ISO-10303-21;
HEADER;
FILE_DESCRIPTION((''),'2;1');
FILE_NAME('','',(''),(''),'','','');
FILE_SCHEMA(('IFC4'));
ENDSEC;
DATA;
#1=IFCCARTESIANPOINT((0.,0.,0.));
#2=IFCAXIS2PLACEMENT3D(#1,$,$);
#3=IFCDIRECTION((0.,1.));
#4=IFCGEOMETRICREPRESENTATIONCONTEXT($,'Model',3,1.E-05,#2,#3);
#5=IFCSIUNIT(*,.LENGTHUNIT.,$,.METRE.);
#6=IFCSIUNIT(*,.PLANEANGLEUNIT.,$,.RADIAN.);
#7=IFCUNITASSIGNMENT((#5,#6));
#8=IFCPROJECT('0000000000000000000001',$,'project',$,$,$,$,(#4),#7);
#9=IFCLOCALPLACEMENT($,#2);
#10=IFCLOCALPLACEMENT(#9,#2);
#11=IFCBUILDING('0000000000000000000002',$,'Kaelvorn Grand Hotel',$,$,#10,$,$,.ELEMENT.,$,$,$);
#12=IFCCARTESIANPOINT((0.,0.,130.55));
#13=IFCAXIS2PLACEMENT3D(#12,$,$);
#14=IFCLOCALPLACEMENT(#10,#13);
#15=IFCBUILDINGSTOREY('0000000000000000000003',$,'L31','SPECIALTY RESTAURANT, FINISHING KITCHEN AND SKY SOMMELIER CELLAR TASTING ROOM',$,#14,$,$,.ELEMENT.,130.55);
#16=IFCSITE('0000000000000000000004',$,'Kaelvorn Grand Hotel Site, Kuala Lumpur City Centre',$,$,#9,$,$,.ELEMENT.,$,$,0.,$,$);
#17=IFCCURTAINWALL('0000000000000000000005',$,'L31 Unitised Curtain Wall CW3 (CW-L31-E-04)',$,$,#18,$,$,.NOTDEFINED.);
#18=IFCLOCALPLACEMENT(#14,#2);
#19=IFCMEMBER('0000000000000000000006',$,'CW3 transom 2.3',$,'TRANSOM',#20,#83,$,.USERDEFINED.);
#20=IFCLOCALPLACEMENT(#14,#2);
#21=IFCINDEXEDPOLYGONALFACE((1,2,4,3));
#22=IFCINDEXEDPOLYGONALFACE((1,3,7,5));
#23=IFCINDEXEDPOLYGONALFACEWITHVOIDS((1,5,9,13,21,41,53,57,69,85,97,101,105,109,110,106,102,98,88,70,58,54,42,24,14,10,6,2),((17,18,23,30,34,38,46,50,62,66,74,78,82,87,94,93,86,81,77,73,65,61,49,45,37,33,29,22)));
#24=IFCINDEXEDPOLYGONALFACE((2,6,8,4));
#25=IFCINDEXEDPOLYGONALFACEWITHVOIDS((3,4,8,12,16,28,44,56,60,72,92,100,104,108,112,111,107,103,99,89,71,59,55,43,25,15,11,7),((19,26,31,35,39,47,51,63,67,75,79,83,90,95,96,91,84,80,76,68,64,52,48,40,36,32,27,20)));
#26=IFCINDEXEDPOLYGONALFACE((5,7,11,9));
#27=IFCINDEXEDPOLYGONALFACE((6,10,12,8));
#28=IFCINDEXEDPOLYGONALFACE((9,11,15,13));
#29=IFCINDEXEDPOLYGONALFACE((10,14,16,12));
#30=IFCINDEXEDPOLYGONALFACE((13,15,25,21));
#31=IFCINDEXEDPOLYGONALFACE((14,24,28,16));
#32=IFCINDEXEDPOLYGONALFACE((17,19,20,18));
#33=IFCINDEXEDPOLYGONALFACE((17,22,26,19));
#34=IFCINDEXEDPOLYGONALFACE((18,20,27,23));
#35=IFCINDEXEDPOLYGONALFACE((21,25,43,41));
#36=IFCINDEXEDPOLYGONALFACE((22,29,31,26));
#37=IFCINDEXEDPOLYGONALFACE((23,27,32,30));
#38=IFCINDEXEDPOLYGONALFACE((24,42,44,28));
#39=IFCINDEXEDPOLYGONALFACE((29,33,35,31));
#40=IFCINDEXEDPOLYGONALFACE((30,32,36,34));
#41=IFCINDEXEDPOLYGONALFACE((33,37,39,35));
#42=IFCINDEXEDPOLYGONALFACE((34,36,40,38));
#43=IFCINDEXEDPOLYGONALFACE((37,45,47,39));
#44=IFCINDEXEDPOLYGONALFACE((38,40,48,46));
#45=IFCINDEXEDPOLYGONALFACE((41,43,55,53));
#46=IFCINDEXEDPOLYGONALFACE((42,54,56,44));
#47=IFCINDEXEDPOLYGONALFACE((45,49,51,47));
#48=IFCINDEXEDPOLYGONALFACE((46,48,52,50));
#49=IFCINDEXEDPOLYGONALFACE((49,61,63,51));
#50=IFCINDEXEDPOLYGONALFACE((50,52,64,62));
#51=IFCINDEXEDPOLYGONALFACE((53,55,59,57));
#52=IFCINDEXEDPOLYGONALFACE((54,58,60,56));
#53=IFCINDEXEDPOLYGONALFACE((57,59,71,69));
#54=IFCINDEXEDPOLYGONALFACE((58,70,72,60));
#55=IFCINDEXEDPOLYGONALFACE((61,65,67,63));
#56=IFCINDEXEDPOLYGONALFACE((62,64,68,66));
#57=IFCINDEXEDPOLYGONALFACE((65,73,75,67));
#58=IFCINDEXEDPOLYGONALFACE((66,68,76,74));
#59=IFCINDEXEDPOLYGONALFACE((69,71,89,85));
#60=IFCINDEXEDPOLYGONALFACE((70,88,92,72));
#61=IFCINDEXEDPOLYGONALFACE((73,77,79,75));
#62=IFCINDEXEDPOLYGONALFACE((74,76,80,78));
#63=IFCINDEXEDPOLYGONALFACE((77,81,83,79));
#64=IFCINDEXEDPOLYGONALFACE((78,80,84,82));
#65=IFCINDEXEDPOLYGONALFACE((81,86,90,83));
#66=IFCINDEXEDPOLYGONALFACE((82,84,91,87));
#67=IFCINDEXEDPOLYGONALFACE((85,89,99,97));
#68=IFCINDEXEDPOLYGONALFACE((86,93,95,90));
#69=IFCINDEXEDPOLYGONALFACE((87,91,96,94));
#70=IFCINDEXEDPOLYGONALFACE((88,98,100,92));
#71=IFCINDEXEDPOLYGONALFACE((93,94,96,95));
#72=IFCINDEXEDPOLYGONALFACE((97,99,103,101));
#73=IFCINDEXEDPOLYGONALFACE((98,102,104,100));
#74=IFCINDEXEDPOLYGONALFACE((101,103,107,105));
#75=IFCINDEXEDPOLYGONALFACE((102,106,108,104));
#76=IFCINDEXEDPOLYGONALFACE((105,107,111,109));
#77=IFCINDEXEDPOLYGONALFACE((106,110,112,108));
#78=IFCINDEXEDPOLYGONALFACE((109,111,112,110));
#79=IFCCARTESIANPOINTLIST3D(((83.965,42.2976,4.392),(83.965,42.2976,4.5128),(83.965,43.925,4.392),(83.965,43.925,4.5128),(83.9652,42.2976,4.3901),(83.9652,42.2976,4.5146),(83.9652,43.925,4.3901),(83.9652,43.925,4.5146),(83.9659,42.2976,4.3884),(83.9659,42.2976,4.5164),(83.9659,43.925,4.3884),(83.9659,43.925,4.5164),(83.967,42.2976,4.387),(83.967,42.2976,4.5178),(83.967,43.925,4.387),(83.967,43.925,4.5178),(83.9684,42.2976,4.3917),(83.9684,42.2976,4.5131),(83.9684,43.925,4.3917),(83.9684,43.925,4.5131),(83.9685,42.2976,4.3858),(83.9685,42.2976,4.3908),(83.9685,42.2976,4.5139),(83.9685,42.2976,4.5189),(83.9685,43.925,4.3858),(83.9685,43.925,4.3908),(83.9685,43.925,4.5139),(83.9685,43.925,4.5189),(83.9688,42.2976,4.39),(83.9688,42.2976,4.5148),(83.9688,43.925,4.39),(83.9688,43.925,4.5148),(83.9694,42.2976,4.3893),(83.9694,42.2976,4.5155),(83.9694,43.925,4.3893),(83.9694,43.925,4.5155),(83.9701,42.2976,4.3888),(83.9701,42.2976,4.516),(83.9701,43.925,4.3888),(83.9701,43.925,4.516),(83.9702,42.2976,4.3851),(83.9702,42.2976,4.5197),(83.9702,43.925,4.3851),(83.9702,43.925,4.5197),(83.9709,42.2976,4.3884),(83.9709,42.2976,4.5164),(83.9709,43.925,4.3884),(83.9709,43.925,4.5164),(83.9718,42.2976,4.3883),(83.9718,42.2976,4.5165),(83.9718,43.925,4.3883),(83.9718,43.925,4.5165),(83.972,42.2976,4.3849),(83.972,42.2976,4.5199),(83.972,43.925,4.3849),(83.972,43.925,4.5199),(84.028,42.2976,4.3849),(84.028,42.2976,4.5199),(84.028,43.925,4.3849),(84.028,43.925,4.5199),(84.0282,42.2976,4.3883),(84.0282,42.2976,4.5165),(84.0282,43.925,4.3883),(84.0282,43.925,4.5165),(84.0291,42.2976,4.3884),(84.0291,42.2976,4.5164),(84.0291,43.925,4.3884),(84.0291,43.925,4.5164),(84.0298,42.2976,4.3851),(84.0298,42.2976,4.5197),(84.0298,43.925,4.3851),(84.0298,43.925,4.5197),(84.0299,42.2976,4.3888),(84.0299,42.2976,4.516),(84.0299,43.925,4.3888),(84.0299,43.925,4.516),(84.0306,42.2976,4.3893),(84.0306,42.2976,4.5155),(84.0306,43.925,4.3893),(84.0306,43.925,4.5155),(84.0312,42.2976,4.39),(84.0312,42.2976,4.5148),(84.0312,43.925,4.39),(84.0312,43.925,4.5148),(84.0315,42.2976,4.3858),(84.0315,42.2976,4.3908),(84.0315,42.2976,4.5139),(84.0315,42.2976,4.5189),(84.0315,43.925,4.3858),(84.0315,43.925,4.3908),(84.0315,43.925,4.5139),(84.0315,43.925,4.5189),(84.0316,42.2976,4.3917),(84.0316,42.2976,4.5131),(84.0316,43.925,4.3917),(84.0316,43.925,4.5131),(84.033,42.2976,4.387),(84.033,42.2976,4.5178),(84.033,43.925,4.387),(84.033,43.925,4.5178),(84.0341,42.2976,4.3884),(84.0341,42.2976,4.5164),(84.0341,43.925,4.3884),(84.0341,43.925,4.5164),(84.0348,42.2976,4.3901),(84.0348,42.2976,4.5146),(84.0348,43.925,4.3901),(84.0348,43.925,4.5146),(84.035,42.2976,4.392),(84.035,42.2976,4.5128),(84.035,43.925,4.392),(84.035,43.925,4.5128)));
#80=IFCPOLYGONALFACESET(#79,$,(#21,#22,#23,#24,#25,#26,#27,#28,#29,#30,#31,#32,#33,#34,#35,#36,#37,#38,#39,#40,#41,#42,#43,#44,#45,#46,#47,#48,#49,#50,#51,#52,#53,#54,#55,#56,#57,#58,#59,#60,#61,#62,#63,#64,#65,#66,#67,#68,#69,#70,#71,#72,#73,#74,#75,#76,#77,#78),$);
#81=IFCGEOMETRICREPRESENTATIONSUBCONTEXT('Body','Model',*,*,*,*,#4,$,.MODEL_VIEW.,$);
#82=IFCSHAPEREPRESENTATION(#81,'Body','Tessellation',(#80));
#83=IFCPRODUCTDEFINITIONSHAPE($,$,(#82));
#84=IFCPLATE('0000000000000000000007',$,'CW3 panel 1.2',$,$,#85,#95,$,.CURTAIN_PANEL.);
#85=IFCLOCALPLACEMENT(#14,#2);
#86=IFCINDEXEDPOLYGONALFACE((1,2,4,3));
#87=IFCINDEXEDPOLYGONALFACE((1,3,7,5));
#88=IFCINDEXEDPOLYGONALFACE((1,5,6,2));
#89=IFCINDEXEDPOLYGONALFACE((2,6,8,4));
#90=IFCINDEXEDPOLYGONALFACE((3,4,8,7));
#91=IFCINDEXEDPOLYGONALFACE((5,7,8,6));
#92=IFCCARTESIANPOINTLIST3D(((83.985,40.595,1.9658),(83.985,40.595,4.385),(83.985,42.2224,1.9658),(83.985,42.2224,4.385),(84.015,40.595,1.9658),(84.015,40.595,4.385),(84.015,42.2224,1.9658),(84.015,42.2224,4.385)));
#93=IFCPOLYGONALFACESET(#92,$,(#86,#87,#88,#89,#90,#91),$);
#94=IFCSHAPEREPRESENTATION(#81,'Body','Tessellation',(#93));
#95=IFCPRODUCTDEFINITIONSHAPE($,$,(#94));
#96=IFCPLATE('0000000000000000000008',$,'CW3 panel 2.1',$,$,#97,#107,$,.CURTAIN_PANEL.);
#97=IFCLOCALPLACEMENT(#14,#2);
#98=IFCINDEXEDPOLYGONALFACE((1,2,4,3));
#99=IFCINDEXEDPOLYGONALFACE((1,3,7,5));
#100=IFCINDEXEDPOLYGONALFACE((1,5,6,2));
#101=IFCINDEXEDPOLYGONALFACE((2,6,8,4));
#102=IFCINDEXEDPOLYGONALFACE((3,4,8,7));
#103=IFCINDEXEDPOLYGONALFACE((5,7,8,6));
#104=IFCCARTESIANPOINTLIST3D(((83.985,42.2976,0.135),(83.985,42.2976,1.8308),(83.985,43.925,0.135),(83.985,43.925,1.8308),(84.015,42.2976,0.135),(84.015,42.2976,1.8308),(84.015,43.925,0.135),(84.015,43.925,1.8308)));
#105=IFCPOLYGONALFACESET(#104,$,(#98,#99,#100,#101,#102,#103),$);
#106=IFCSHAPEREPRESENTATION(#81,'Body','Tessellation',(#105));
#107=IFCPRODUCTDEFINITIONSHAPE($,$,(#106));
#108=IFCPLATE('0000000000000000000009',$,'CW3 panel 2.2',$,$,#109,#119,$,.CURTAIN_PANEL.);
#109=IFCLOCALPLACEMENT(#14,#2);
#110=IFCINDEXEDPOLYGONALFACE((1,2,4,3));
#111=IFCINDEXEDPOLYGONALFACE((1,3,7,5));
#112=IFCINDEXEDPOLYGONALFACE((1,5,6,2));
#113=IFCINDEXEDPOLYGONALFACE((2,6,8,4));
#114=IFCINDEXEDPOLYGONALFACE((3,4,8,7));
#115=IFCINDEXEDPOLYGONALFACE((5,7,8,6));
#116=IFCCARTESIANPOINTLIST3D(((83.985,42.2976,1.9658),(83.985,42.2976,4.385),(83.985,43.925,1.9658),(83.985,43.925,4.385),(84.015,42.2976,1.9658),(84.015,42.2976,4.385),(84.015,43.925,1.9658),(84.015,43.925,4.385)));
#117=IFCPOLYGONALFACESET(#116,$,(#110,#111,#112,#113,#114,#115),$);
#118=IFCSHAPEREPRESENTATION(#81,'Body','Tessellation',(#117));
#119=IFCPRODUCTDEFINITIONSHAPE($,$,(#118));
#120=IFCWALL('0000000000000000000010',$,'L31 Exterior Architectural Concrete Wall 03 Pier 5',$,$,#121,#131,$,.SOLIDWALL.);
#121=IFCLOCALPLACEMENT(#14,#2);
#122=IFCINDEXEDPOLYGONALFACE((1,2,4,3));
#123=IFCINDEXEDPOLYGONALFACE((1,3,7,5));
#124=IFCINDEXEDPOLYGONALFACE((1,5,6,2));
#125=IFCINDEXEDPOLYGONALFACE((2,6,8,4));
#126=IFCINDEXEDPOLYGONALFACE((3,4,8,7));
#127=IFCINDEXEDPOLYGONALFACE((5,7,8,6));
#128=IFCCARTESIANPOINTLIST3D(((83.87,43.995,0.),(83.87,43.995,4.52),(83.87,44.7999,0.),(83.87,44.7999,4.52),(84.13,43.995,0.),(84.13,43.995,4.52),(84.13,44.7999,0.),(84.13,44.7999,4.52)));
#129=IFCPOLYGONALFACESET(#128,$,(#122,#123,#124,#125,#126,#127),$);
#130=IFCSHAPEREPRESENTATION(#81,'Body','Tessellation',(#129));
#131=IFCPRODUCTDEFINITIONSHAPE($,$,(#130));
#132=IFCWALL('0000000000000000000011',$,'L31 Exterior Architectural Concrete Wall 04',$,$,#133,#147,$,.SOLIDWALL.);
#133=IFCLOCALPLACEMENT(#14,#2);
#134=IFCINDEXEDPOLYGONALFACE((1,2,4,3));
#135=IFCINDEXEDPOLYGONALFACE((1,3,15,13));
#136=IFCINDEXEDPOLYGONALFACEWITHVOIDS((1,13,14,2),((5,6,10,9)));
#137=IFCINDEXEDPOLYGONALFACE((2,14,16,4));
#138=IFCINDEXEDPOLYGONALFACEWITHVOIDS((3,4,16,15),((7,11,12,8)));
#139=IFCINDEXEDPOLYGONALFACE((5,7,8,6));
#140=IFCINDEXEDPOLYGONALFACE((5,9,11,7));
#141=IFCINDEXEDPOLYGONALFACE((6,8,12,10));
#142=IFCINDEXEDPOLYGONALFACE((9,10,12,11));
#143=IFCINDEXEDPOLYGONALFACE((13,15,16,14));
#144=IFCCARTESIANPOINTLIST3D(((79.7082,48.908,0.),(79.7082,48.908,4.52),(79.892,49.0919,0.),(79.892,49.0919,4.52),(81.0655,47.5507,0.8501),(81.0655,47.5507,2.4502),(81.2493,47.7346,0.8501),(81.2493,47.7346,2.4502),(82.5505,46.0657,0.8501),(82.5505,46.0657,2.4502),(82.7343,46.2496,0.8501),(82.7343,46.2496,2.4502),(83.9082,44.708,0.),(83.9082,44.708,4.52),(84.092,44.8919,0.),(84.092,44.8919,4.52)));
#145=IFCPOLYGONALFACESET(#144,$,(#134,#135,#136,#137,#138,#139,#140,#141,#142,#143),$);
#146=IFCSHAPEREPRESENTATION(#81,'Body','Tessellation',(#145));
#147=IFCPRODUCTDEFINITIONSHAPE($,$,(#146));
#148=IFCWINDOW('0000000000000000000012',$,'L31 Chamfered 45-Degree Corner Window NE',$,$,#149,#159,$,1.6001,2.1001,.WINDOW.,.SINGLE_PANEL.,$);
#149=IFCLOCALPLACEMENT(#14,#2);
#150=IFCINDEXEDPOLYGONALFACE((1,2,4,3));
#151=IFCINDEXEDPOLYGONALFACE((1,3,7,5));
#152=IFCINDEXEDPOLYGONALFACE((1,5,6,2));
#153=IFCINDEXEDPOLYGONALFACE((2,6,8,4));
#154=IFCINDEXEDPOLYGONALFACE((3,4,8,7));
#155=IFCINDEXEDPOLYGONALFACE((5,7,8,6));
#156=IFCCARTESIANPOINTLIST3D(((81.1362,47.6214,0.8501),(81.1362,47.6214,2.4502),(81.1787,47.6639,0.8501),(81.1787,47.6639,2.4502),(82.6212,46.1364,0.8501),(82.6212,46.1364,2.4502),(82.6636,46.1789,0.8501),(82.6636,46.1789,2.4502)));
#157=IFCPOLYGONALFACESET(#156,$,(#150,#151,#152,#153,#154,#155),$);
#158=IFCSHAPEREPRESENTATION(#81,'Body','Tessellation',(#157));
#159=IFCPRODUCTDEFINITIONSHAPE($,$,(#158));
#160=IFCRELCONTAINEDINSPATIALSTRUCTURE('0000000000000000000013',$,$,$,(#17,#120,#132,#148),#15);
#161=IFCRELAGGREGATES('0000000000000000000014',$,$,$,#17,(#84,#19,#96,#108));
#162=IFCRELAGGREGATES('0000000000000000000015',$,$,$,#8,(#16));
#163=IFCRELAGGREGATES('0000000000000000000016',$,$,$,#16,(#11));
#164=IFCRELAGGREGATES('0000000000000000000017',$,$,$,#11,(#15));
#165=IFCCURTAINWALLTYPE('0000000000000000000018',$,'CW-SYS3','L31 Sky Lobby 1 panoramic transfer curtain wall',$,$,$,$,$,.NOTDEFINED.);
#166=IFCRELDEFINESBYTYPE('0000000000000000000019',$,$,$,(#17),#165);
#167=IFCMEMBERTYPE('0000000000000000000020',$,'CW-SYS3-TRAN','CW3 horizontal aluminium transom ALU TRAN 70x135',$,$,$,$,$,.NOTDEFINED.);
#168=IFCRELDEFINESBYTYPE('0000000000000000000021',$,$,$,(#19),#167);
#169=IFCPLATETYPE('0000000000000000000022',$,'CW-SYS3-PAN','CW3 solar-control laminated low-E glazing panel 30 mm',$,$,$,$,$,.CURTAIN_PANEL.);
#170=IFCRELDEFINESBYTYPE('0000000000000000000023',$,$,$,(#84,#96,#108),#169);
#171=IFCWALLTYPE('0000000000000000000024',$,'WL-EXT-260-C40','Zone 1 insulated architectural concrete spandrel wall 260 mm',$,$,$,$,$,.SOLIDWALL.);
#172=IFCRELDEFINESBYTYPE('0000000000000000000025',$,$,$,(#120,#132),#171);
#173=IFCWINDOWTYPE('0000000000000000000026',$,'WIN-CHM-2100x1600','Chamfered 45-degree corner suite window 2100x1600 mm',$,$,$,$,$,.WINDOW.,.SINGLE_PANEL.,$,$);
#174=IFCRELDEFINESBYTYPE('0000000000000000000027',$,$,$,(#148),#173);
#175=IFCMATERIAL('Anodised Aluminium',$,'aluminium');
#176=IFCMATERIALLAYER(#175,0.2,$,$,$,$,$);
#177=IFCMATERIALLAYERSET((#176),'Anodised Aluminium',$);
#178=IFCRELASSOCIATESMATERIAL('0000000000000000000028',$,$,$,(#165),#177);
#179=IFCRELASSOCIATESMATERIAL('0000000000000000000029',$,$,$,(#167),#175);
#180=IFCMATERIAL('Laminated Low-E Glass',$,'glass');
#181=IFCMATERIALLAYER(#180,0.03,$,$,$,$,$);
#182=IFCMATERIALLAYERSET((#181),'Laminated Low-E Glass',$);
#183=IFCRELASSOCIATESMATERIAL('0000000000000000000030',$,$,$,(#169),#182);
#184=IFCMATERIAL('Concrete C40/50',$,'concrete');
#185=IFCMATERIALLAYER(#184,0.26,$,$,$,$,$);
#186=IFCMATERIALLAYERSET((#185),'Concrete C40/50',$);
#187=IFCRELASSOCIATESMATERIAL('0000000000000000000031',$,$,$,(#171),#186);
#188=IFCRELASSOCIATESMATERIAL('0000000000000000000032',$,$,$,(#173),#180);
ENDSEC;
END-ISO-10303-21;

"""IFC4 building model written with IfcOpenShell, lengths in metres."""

from ifc_helpers import new_model, si_unit, direction, frame, frame_2d, origin, origin_2d, place, context, subcontext, project, spatial, rectangle, hollow_rectangle, extrude, material, layer, layer_set, material_profile, profile_set, type_object, element, fill, aggregate, save


model = new_model("IFC4")

# Units and contexts
model_context = context("Model", 3, precision=1e-05, world=origin(), true_north=direction((0.0, 1.0)))
body_context = subcontext(model_context, "Body", "Model", "MODEL_VIEW")
ifc_project = project(units=[si_unit("LENGTHUNIT", "METRE"), si_unit("PLANEANGLEUNIT", "RADIAN")], contexts=[model_context])

# Site, building, storey
site_placement = place(None, origin())
site = spatial("IfcSite", under=ifc_project, at=site_placement, Name="Kaelvorn Grand Hotel Site, Kuala Lumpur City Centre", CompositionType="ELEMENT", RefElevation=0.0)
building_placement = place(site_placement, origin())
building = spatial("IfcBuilding", under=site, at=building_placement, Name="Kaelvorn Grand Hotel", CompositionType="ELEMENT")
storey_placement = place(building_placement, frame((0.0, 0.0, 130.55)))
storey = spatial("IfcBuildingStorey", under=building, at=storey_placement, Name="L31", Description="SPECIALTY RESTAURANT, FINISHING KITCHEN AND SKY SOMMELIER CELLAR TASTING ROOM", CompositionType="ELEMENT", Elevation=130.55)

# Curtain wall, member, plates
ifc_material_1 = material(Name="Anodised Aluminium", Category="aluminium")
ifc_layer_1 = layer(ifc_material_1, 0.2)
ifc_layer_set_1 = layer_set([ifc_layer_1], Name="Anodised Aluminium")
curtain_wall_type = type_object("IfcCurtainWallType", Name="CW-SYS3", Description="L31 Sky Lobby 1 panoramic transfer curtain wall", PredefinedType="NOTDEFINED", material=ifc_layer_set_1)
curtain_wall_placement = place(storey_placement, origin())
curtain_wall = element("IfcCurtainWall", 1, at=curtain_wall_placement, inside=storey, type_object=curtain_wall_type, Name="L31 Unitised Curtain Wall CW3 (CW-L31-E-04)", PredefinedType="NOTDEFINED")
ifc_material_profile_1 = material_profile(ifc_material_1, hollow_rectangle(XDim=0.0701, YDim=0.135, WallThickness=0.0034, InnerFilletRadius=0.0034, OuterFilletRadius=0.0071, at=origin_2d()), Name="ALU TRAN 70x135")
ifc_profile_set_1 = profile_set([ifc_material_profile_1], Name="Anodised Aluminium")
member_type_1 = type_object("IfcMemberType", Name="CW-SYS3-TRAN", Description="CW3 horizontal aluminium transom ALU TRAN 70x135", PredefinedType="NOTDEFINED", material=ifc_profile_set_1)
member_1_placement = place(storey_placement, frame((84.0, 42.2976, 4.4524), z_axis=(0.0, 1.0, 0.0), x_axis=(-1.0, 0.0, 0.0)))
member_1 = element("IfcMember", 2, at=member_1_placement, type_object=member_type_1, Name="CW3 transom 2.3", ObjectType="TRANSOM", PredefinedType="USERDEFINED", context=body_context, shape_type="SweptSolid", body=[
    extrude(hollow_rectangle(XDim=0.0701, YDim=0.135, WallThickness=0.0034, InnerFilletRadius=0.0034, OuterFilletRadius=0.0071, at=origin_2d()), origin(), (0.0, 0.0, 1.0), 1.6274),
])
ifc_material_2 = material(Name="Laminated Low-E Glass", Category="glass")
ifc_layer_2 = layer(ifc_material_2, 0.03)
ifc_layer_set_2 = layer_set([ifc_layer_2], Name="Laminated Low-E Glass")
plate_type = type_object("IfcPlateType", Name="CW-SYS3-PAN", Description="CW3 solar-control laminated low-E glazing panel 30 mm", PredefinedType="CURTAIN_PANEL", material=ifc_layer_set_2)
plate_1_placement = place(storey_placement, frame((84.0, 41.4087, 1.9658), z_axis=(0.0, 0.0, 1.0), x_axis=(0.0, 1.0, 0.0)))
plate_1 = element("IfcPlate", 3, at=plate_1_placement, type_object=plate_type, Name="CW3 panel 1.2", PredefinedType="CURTAIN_PANEL", context=body_context, shape_type="SweptSolid", body=[
    extrude(rectangle(XDim=1.6274, YDim=0.03, at=origin_2d()), origin(), (0.0, 0.0, 1.0), 2.4192),
])
plate_2_placement = place(storey_placement, frame((84.0, 43.1113, 0.135), z_axis=(0.0, 0.0, 1.0), x_axis=(0.0, 1.0, 0.0)))
plate_2 = element("IfcPlate", 4, at=plate_2_placement, type_object=plate_type, Name="CW3 panel 2.1", PredefinedType="CURTAIN_PANEL", context=body_context, shape_type="SweptSolid", body=[
    extrude(rectangle(XDim=1.6274, YDim=0.03, at=origin_2d()), origin(), (0.0, 0.0, 1.0), 1.6958),
])
plate_3_placement = place(storey_placement, frame((84.0, 43.1113, 1.9658), z_axis=(0.0, 0.0, 1.0), x_axis=(0.0, 1.0, 0.0)))
plate_3 = element("IfcPlate", 5, at=plate_3_placement, type_object=plate_type, Name="CW3 panel 2.2", PredefinedType="CURTAIN_PANEL", context=body_context, shape_type="SweptSolid", body=[
    extrude(rectangle(XDim=1.6274, YDim=0.03, at=origin_2d()), origin(), (0.0, 0.0, 1.0), 2.4192),
])
aggregate(curtain_wall, [plate_1, member_1, plate_2, plate_3])

# Wall
ifc_material_3 = material(Name="Concrete C40/50", Category="concrete")
ifc_layer_3 = layer(ifc_material_3, 0.26)
ifc_layer_set_3 = layer_set([ifc_layer_3], Name="Concrete C40/50")
wall_type = type_object("IfcWallType", Name="WL-EXT-260-C40", Description="Zone 1 insulated architectural concrete spandrel wall 260 mm", PredefinedType="SOLIDWALL", material=ifc_layer_set_3)
wall_1_placement = place(storey_placement, frame((84.0, 43.9951, 0.0), z_axis=(0.0, 0.0, 1.0), x_axis=(0.0, 1.0, 0.0)))
element("IfcWall", 6, at=wall_1_placement, inside=storey, type_object=wall_type, Name="L31 Exterior Architectural Concrete Wall 03 Pier 5", PredefinedType="SOLIDWALL", context=body_context, shape_type="SweptSolid", body=[
    extrude(rectangle(XDim=0.8049, YDim=0.26, at=frame_2d((0.4023, 0.0))), origin(), (0.0, 0.0, 1.0), 4.52),
])

# Wall, opening, window
wall_2_placement = place(storey_placement, frame((84.0, 44.8, 0.0), z_axis=(0.0, 0.0, 1.0), x_axis=(-0.707107, 0.707107, 0.0)))
wall_2 = element("IfcWall", 7, at=wall_2_placement, inside=storey, type_object=wall_type, Name="L31 Exterior Architectural Concrete Wall 04", PredefinedType="SOLIDWALL", context=body_context, shape_type="SweptSolid", body=[
    extrude(rectangle(XDim=5.9397, YDim=0.26, at=frame_2d((2.9697, 0.0))), origin(), (0.0, 0.0, 1.0), 4.52),
])
opening_placement = place(wall_2_placement, frame((1.9199, 0.0, 0.8501)))
opening = element("IfcOpeningElement", 8, at=opening_placement, cuts=wall_2, PredefinedType="OPENING", context=body_context, shape_type="SweptSolid", body=[
    extrude(rectangle(XDim=2.1001, YDim=1.6001, at=frame_2d((1.05, 0.8))), frame((0.0, 0.1401, 0.0), z_axis=(0.0, -1.0, 0.0), x_axis=(1.0, 0.0, 0.0)), (0.0, 0.0, 1.0), 0.28),
])
window_type = type_object("IfcWindowType", Name="WIN-CHM-2100x1600", Description="Chamfered 45-degree corner suite window 2100x1600 mm", PartitioningType="SINGLE_PANEL", PredefinedType="WINDOW", material=ifc_material_2)
window_placement = place(opening_placement, origin())
window = element("IfcWindow", 9, at=window_placement, inside=storey, type_object=window_type, Name="L31 Chamfered 45-Degree Corner Window NE", OverallHeight=1.6001, OverallWidth=2.1001, PartitioningType="SINGLE_PANEL", PredefinedType="WINDOW", context=body_context, shape_type="SweptSolid", body=[
    extrude(rectangle(XDim=2.1001, YDim=1.6001, at=frame_2d((1.05, 0.8))), frame((0.0, 0.03, 0.0), z_axis=(0.0, -1.0, 0.0), x_axis=(1.0, 0.0, 0.0)), (0.0, 0.0, 1.0), 0.0601),
])
fill(opening, window)

save(model, "model.ifc")
